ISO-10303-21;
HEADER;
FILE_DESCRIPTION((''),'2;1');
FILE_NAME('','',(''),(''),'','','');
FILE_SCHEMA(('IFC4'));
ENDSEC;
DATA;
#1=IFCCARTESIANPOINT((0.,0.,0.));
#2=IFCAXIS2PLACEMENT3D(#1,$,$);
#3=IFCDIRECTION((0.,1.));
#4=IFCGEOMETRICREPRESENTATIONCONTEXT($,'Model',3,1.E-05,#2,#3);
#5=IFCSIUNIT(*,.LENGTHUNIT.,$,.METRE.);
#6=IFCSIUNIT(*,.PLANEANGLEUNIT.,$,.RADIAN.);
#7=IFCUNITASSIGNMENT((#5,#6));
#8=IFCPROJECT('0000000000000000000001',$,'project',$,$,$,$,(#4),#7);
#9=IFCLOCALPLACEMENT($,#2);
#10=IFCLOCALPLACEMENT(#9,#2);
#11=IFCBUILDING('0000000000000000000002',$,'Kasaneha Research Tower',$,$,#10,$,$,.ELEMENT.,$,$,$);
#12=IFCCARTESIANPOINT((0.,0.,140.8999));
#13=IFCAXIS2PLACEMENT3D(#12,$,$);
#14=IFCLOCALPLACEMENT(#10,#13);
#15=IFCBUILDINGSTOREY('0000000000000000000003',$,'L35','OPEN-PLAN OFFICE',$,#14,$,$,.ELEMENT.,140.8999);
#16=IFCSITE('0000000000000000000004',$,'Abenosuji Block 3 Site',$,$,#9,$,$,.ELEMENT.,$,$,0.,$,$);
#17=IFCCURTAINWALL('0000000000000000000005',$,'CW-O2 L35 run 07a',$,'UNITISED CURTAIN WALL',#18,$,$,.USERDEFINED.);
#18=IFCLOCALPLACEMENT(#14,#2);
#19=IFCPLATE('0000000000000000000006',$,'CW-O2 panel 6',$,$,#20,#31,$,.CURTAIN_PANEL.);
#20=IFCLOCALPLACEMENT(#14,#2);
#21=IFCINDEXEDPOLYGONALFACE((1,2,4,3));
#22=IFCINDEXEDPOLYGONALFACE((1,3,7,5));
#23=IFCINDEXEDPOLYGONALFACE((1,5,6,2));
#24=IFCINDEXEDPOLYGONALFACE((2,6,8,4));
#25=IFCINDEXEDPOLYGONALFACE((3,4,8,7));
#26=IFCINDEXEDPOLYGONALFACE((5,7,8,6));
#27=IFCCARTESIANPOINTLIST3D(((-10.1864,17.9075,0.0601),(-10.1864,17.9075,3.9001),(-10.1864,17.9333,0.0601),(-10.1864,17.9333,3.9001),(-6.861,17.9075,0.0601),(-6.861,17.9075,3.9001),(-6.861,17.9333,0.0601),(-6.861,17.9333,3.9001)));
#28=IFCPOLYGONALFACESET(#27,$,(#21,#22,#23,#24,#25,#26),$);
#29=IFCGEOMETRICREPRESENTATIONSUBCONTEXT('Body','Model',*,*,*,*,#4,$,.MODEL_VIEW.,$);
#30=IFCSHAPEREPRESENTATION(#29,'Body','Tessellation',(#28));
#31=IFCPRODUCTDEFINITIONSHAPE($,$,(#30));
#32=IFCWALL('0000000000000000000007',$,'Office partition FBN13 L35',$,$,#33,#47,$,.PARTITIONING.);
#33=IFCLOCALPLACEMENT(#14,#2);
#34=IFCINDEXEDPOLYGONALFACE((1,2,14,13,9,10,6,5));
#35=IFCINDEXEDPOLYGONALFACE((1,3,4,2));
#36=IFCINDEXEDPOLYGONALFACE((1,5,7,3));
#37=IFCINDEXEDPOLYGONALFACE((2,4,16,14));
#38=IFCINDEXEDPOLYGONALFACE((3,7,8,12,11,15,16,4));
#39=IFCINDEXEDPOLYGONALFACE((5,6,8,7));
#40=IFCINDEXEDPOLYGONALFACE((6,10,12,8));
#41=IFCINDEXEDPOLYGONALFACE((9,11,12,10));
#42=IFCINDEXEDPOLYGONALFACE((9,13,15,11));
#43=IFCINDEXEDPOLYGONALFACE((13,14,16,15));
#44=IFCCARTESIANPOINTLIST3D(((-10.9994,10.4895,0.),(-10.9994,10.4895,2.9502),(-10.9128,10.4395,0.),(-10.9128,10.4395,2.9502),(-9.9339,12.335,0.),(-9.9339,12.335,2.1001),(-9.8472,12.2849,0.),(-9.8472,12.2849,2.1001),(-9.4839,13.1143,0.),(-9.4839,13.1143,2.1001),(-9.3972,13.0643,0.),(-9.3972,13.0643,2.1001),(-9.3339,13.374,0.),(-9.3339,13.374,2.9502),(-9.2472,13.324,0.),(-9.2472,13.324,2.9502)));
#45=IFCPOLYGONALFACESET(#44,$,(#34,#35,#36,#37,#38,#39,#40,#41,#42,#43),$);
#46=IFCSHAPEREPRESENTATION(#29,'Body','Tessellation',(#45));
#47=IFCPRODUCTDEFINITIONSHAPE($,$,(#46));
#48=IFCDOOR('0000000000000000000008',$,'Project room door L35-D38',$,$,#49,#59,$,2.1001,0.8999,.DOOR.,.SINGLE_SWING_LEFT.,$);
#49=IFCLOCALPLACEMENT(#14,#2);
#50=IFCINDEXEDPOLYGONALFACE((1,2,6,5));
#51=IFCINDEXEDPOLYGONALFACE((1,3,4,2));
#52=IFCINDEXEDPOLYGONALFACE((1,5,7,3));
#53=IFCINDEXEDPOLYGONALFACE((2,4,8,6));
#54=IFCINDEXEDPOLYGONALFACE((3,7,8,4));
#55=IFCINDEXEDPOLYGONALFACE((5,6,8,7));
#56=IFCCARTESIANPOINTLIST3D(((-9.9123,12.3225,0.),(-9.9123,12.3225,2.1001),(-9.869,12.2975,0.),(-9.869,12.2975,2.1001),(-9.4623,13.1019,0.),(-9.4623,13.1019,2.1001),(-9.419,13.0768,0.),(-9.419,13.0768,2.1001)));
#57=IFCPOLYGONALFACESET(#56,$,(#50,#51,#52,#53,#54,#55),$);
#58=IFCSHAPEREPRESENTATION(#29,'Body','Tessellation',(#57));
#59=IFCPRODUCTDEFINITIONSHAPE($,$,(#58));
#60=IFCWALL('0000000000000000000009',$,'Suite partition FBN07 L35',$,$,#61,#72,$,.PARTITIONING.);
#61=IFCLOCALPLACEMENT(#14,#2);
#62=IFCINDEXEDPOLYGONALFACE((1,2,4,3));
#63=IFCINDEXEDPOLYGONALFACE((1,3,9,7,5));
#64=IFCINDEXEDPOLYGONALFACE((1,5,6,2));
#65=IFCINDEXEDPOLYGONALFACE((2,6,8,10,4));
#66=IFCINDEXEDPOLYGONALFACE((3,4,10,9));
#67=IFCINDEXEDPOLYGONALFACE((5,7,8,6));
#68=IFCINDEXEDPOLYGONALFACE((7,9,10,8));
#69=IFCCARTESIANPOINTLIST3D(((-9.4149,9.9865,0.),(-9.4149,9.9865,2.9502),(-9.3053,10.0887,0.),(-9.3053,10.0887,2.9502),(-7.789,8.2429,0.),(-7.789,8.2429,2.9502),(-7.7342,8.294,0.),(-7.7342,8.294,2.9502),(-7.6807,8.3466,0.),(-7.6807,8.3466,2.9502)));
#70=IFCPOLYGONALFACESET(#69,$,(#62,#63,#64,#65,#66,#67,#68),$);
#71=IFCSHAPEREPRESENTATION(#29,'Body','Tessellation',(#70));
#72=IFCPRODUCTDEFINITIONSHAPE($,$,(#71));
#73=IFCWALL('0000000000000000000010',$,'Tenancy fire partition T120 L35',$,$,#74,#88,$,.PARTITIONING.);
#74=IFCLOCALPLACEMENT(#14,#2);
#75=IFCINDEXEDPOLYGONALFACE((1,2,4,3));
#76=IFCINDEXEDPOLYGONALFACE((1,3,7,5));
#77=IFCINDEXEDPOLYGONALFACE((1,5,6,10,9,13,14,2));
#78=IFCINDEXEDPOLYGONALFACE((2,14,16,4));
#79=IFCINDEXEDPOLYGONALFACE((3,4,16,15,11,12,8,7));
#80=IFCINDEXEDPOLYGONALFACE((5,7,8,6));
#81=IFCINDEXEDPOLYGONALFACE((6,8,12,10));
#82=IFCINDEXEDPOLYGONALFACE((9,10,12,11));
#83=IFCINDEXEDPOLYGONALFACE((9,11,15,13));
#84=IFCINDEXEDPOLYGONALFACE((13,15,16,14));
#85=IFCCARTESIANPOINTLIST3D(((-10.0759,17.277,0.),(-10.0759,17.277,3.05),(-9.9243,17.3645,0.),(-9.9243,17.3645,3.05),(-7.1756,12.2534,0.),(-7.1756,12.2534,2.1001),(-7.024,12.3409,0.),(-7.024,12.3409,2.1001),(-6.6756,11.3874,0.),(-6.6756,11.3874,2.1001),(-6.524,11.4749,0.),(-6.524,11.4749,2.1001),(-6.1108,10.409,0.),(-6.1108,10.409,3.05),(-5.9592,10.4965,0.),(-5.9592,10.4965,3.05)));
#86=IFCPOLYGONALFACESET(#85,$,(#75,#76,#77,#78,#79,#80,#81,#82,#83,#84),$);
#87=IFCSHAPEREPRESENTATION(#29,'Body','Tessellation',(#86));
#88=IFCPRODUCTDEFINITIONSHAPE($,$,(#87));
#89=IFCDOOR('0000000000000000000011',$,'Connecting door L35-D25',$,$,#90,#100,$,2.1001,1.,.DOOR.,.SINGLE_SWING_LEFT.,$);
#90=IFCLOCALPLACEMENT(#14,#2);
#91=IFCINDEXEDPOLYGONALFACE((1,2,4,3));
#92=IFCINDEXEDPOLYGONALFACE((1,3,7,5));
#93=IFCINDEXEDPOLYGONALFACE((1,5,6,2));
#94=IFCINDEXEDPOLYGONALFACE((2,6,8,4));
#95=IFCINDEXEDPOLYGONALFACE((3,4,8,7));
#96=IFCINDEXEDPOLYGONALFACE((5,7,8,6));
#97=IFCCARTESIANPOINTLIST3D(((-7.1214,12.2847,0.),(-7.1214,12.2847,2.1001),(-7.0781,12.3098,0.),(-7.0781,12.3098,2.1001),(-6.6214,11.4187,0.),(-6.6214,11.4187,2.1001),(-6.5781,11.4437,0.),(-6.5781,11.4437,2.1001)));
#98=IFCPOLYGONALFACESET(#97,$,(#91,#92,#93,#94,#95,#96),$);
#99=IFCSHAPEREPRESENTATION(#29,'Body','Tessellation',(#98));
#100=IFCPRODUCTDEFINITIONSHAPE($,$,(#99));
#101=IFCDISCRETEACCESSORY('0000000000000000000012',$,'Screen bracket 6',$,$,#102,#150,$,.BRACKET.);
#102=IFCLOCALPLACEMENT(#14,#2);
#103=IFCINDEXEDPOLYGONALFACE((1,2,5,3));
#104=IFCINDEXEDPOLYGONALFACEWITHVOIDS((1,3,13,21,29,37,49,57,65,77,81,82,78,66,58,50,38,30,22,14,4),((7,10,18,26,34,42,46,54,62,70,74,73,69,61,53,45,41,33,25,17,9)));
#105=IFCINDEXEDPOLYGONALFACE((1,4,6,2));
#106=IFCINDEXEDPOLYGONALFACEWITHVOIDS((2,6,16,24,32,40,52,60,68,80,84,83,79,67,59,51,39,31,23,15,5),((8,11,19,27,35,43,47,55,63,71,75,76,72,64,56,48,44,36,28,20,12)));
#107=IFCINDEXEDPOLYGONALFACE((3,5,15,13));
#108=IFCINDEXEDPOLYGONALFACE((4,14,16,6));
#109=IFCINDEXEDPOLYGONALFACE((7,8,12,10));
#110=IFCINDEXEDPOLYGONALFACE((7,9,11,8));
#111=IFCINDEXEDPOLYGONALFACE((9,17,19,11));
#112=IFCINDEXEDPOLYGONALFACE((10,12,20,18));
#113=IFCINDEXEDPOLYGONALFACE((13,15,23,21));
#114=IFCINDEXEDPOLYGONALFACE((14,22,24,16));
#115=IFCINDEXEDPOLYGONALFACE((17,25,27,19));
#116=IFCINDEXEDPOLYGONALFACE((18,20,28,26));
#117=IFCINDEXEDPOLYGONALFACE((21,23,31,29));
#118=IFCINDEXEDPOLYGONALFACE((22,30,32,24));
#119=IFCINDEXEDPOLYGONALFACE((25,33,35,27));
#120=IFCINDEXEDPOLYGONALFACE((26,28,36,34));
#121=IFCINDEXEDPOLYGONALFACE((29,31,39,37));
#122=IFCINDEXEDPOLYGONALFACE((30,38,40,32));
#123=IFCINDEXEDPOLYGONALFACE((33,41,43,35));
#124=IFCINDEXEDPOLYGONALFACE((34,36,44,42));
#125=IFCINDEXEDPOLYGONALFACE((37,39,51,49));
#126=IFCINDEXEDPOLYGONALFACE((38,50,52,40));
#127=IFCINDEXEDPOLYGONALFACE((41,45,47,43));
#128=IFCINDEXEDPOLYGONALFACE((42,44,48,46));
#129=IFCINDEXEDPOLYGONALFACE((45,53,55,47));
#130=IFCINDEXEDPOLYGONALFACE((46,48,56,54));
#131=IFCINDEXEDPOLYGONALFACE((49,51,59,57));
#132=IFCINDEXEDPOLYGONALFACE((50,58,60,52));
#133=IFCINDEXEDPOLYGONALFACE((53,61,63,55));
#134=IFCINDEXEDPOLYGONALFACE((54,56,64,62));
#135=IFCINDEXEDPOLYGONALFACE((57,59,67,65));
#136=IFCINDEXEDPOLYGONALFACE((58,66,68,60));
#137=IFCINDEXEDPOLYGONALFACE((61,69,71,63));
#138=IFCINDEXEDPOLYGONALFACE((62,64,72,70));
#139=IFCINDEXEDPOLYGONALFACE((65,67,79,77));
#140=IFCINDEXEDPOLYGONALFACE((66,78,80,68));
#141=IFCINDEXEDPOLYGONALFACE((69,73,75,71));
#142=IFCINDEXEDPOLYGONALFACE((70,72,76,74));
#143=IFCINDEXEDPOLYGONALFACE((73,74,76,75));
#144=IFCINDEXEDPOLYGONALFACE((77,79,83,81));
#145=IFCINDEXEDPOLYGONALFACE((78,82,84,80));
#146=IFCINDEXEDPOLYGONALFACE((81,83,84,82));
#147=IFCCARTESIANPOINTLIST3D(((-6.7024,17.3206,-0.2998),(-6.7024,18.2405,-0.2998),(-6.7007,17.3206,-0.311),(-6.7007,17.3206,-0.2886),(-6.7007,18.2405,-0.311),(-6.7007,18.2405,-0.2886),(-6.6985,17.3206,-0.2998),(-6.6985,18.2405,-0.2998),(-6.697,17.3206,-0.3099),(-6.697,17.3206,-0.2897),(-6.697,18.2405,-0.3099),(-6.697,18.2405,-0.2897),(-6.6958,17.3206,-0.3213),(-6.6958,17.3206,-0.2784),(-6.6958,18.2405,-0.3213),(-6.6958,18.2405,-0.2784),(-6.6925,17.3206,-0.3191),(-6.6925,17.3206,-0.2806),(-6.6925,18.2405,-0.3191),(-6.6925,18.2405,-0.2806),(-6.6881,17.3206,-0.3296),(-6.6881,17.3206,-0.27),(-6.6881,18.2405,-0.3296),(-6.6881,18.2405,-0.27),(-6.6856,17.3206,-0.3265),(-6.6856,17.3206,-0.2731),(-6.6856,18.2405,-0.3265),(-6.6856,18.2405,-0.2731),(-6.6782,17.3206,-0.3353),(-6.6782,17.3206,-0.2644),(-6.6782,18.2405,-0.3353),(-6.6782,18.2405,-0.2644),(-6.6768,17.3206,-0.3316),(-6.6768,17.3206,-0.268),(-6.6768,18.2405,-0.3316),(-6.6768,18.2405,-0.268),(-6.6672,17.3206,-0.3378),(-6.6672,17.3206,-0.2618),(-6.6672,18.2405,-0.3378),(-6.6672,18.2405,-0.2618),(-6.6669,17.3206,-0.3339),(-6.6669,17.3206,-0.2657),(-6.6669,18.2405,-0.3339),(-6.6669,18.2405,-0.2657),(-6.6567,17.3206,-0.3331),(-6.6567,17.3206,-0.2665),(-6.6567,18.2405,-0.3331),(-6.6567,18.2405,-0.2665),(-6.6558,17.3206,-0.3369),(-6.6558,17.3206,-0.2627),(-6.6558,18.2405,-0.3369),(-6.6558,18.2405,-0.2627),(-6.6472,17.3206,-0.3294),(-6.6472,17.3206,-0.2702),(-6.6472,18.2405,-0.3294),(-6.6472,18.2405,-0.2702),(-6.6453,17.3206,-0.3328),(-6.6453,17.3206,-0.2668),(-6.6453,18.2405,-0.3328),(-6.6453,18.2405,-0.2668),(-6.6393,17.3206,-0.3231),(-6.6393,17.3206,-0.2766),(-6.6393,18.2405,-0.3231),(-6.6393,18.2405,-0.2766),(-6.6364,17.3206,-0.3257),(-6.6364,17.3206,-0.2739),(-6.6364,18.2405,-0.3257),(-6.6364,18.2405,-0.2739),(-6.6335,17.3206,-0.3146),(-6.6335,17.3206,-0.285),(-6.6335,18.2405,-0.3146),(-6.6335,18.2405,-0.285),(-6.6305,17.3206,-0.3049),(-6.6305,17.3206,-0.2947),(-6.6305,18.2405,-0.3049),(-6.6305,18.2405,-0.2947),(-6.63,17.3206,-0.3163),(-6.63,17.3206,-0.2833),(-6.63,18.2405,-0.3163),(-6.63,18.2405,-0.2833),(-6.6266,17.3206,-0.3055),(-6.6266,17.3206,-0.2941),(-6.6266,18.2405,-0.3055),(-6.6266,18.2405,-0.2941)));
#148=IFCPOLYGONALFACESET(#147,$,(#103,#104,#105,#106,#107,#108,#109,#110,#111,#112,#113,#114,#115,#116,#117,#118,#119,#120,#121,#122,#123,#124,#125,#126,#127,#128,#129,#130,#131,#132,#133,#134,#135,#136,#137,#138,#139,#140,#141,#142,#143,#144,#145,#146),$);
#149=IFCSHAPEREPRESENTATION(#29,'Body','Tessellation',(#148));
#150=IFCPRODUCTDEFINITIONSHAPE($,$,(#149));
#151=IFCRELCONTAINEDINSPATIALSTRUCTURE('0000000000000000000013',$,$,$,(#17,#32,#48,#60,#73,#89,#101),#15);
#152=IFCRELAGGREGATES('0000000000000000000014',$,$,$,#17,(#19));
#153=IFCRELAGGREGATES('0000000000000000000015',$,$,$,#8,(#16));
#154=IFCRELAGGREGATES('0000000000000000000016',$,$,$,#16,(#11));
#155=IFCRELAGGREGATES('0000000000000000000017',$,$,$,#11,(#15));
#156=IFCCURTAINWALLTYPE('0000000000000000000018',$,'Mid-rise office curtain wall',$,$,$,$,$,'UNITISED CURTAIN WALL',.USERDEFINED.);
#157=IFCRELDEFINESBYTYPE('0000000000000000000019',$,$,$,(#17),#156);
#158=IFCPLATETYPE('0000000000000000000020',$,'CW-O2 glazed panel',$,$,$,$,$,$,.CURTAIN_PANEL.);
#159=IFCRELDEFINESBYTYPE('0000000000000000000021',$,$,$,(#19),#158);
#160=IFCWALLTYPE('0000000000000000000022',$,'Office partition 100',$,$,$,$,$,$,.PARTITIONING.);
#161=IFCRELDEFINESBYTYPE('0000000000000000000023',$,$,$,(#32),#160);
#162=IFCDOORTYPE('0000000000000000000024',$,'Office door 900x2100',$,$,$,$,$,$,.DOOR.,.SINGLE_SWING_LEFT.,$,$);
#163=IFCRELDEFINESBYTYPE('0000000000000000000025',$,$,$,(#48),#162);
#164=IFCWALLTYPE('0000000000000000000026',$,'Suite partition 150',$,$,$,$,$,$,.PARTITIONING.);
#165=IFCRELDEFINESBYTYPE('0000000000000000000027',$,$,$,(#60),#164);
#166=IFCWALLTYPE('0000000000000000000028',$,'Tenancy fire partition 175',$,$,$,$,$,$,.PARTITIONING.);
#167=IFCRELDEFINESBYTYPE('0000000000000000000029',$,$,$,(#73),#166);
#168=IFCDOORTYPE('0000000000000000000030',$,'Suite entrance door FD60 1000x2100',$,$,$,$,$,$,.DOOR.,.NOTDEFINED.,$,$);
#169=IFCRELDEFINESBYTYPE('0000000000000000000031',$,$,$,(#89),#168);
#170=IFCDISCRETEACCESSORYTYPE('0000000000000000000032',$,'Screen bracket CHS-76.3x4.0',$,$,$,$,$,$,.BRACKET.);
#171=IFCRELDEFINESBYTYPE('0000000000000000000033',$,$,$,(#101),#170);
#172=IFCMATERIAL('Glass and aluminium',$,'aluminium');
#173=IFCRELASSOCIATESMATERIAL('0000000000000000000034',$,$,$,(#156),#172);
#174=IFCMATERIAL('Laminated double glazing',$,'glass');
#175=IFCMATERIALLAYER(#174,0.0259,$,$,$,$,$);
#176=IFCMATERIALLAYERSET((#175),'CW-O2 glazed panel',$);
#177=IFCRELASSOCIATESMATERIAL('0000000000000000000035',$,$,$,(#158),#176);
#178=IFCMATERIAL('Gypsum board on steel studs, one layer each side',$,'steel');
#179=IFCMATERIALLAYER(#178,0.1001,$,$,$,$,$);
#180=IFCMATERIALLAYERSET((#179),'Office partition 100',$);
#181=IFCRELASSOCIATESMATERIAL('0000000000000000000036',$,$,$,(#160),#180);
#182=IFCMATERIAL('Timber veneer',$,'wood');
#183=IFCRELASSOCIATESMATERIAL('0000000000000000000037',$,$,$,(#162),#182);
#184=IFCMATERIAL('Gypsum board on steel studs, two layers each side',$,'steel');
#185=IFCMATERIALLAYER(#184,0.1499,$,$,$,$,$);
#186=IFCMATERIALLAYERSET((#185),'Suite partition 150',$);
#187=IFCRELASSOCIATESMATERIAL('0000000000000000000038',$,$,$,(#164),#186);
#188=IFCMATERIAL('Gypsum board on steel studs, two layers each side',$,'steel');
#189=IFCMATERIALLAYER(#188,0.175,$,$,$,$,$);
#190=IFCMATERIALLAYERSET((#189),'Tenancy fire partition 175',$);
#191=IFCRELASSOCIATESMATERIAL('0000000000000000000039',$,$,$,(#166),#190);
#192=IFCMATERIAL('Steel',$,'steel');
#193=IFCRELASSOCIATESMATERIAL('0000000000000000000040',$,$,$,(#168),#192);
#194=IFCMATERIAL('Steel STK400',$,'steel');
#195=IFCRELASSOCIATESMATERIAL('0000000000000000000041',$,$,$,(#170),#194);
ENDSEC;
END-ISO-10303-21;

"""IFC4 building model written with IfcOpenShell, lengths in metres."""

from ifc_helpers import new_model, si_unit, direction, frame, frame_2d, origin, origin_2d, place, context, subcontext, project, spatial, polyline, rectangle, hollow_circle, outline, extrude, material, layer, layer_set, material_profile, profile_set, type_object, element, fill, aggregate, save


model = new_model("IFC4")

# Units and contexts
model_context = context("Model", 3, precision=1e-05, world=origin(), true_north=direction((0.0, 1.0)))
body_context = subcontext(model_context, "Body", "Model", "MODEL_VIEW")
ifc_project = project(units=[si_unit("LENGTHUNIT", "METRE"), si_unit("PLANEANGLEUNIT", "RADIAN")], contexts=[model_context])

# Site, building, storey
site_placement = place(None, origin())
site = spatial("IfcSite", under=ifc_project, at=site_placement, Name="Abenosuji Block 3 Site", CompositionType="ELEMENT", RefElevation=0.0)
building_placement = place(site_placement, origin())
building = spatial("IfcBuilding", under=site, at=building_placement, Name="Kasaneha Research Tower", CompositionType="ELEMENT")
storey_placement = place(building_placement, frame((0.0, 0.0, 140.8999)))
storey = spatial("IfcBuildingStorey", under=building, at=storey_placement, Name="L35", Description="OPEN-PLAN OFFICE", CompositionType="ELEMENT", Elevation=140.8999)

# Curtain wall
ifc_material_1 = material(Name="Glass and aluminium", Category="aluminium")
curtain_wall_type = type_object("IfcCurtainWallType", Name="Mid-rise office curtain wall", ElementType="UNITISED CURTAIN WALL", PredefinedType="USERDEFINED", material=ifc_material_1)
curtain_wall_placement = place(storey_placement, origin())
curtain_wall = element("IfcCurtainWall", 1, at=curtain_wall_placement, inside=storey, type_object=curtain_wall_type, Name="CW-O2 L35 run 07a", ObjectType="UNITISED CURTAIN WALL", PredefinedType="USERDEFINED")

# Plate
ifc_material_2 = material(Name="Laminated double glazing", Category="glass")
ifc_layer_1 = layer(ifc_material_2, 0.0259)
ifc_layer_set_1 = layer_set([ifc_layer_1], Name="CW-O2 glazed panel")
plate_type = type_object("IfcPlateType", Name="CW-O2 glazed panel", PredefinedType="CURTAIN_PANEL", material=ifc_layer_set_1)
plate_placement = place(storey_placement, frame((-8.5237, 17.9204, 0.0601), z_axis=(0.0, 0.0, 1.0), x_axis=(-1.0, 0.0, 0.0)))
plate = element("IfcPlate", 2, at=plate_placement, type_object=plate_type, Name="CW-O2 panel 6", PredefinedType="CURTAIN_PANEL", context=body_context, shape_type="SweptSolid", body=[
    extrude(rectangle(XDim=3.3254, YDim=0.0259, at=origin_2d()), origin(), (0.0, 0.0, 1.0), 3.8401),
])
aggregate(curtain_wall, [plate])

# Wall, opening, door
ifc_material_3 = material(Name="Gypsum board on steel studs, one layer each side", Category="steel")
ifc_layer_2 = layer(ifc_material_3, 0.1001)
ifc_layer_set_2 = layer_set([ifc_layer_2], Name="Office partition 100")
wall_type_1 = type_object("IfcWallType", Name="Office partition 100", PredefinedType="PARTITIONING", material=ifc_layer_set_2)
wall_1_placement = place(storey_placement, frame((-9.2905, 13.3491, 0.0), z_axis=(0.0, 0.0, 1.0), x_axis=(-0.500033, -0.866006, 0.0)))
wall_1 = element("IfcWall", 3, at=wall_1_placement, inside=storey, type_object=wall_type_1, Name="Office partition FBN13 L35", PredefinedType="PARTITIONING", context=body_context, shape_type="SweptSolid", body=[
    extrude(rectangle(XDim=3.3308, YDim=0.1001, at=frame_2d((1.6655, 0.0))), origin(), (0.0, 0.0, 1.0), 2.9502),
])
opening_1_placement = place(wall_1_placement, frame((0.3, 0.0, 0.0)))
opening_1 = element("IfcOpeningElement", 4, at=opening_1_placement, cuts=wall_1, PredefinedType="OPENING", context=body_context, shape_type="SweptSolid", body=[
    extrude(rectangle(XDim=0.8999, YDim=2.1001, at=frame_2d((0.45, 1.05))), frame((0.0, 0.0601, 0.0), z_axis=(0.0, -1.0, 0.0), x_axis=(1.0, 0.0, 0.0)), (0.0, 0.0, 1.0), 0.1201),
])
ifc_material_4 = material(Name="Timber veneer", Category="wood")
door_type_1 = type_object("IfcDoorType", Name="Office door 900x2100", OperationType="SINGLE_SWING_LEFT", PredefinedType="DOOR", material=ifc_material_4)
door_1_placement = place(opening_1_placement, origin())
door_1 = element("IfcDoor", 5, at=door_1_placement, inside=storey, type_object=door_type_1, Name="Project room door L35-D38", OperationType="SINGLE_SWING_LEFT", OverallHeight=2.1001, OverallWidth=0.8999, PredefinedType="DOOR", context=body_context, shape_type="SweptSolid", body=[
    extrude(rectangle(XDim=0.8999, YDim=2.1001, at=frame_2d((0.45, 1.05))), frame((0.0, 0.0249, 0.0), z_axis=(0.0, -1.0, 0.0), x_axis=(1.0, 0.0, 0.0)), (0.0, 0.0, 1.0), 0.05),
])
fill(opening_1, door_1)

# Wall
ifc_material_5 = material(Name="Gypsum board on steel studs, two layers each side", Category="steel")
ifc_layer_3 = layer(ifc_material_5, 0.1499)
ifc_layer_set_3 = layer_set([ifc_layer_3], Name="Suite partition 150")
wall_type_2 = type_object("IfcWallType", Name="Suite partition 150", PredefinedType="PARTITIONING", material=ifc_layer_set_3)
wall_2_placement = place(storey_placement, frame((-9.3601, 10.0376, 0.0), z_axis=(0.0, 0.0, 1.0), x_axis=(0.681997, -0.731355, 0.0)))
element("IfcWall", 6, at=wall_2_placement, inside=storey, type_object=wall_type_2, Name="Suite partition FBN07 L35", PredefinedType="PARTITIONING", context=body_context, shape_type="SweptSolid", body=[
    extrude(outline(polyline([(0.0, -0.075), (2.384, -0.075), (2.384, 0.0), (2.3821, 0.075), (0.0, 0.075), (0.0, -0.075)])), origin(), (0.0, 0.0, 1.0), 2.9502),
])

# Wall, opening, door
ifc_material_6 = material(Name="Gypsum board on steel studs, two layers each side", Category="steel")
ifc_layer_4 = layer(ifc_material_6, 0.175)
ifc_layer_set_4 = layer_set([ifc_layer_4], Name="Tenancy fire partition 175")
wall_type_3 = type_object("IfcWallType", Name="Tenancy fire partition 175", PredefinedType="PARTITIONING", material=ifc_layer_set_4)
wall_3_placement = place(storey_placement, frame((-6.0349, 10.4526, 0.0), z_axis=(0.0, 0.0, 1.0), x_axis=(-0.49999, 0.866031, 0.0)))
wall_3 = element("IfcWall", 7, at=wall_3_placement, inside=storey, type_object=wall_type_3, Name="Tenancy fire partition T120 L35", PredefinedType="PARTITIONING", context=body_context, shape_type="SweptSolid", body=[
    extrude(rectangle(XDim=7.9304, YDim=0.175, at=frame_2d((3.9653, 0.0))), origin(), (0.0, 0.0, 1.0), 3.05),
])
opening_2_placement = place(wall_3_placement, frame((1.1299, 0.0, 0.0)))
opening_2 = element("IfcOpeningElement", 8, at=opening_2_placement, cuts=wall_3, PredefinedType="OPENING", context=body_context, shape_type="SweptSolid", body=[
    extrude(rectangle(XDim=1.0, YDim=2.1001, at=frame_2d((0.5, 1.05))), frame((0.0, 0.0977, 0.0), z_axis=(0.0, -1.0, 0.0), x_axis=(1.0, 0.0, 0.0)), (0.0, 0.0, 1.0), 0.1951),
])
ifc_material_7 = material(Name="Steel", Category="steel")
door_type_2 = type_object("IfcDoorType", Name="Suite entrance door FD60 1000x2100", OperationType="NOTDEFINED", PredefinedType="DOOR", material=ifc_material_7)
door_2_placement = place(opening_2_placement, origin())
door_2 = element("IfcDoor", 9, at=door_2_placement, inside=storey, type_object=door_type_2, Name="Connecting door L35-D25", OperationType="SINGLE_SWING_LEFT", OverallHeight=2.1001, OverallWidth=1.0, PredefinedType="DOOR", context=body_context, shape_type="SweptSolid", body=[
    extrude(rectangle(XDim=1.0, YDim=2.1001, at=frame_2d((0.5, 1.05))), frame((0.0, 0.0249, 0.0), z_axis=(0.0, -1.0, 0.0), x_axis=(1.0, 0.0, 0.0)), (0.0, 0.0, 1.0), 0.05),
])
fill(opening_2, door_2)

# Discrete accessory
ifc_material_8 = material(Name="Steel STK400", Category="steel")
ifc_material_profile_1 = material_profile(ifc_material_8, hollow_circle(Radius=0.0381, WallThickness=0.0039, at=origin_2d()), Name="CHS-76.3x4.0")
ifc_profile_set_1 = profile_set([ifc_material_profile_1], Name="Steel STK400")
discrete_accessory_type = type_object("IfcDiscreteAccessoryType", Name="Screen bracket CHS-76.3x4.0", PredefinedType="BRACKET", material=ifc_profile_set_1)
for number, where, z_axis, x_axis, name in (
    (10, (-6.6643, 17.3206, -0.2998), (0.0, 1.0, 0.0), (-1.0, 0.0, 0.0), "Screen bracket 6"),
):
    element("IfcDiscreteAccessory", number, at=place(storey_placement, frame(where, z_axis=z_axis, x_axis=x_axis)), inside=storey, type_object=discrete_accessory_type, Name=name, PredefinedType="BRACKET", context=body_context, shape_type="SweptSolid", body=[
        extrude(hollow_circle(Radius=0.0381, WallThickness=0.0039, at=origin_2d()), origin(), (0.0, 0.0, 1.0), 0.9199),
    ])

save(model, "model.ifc")
